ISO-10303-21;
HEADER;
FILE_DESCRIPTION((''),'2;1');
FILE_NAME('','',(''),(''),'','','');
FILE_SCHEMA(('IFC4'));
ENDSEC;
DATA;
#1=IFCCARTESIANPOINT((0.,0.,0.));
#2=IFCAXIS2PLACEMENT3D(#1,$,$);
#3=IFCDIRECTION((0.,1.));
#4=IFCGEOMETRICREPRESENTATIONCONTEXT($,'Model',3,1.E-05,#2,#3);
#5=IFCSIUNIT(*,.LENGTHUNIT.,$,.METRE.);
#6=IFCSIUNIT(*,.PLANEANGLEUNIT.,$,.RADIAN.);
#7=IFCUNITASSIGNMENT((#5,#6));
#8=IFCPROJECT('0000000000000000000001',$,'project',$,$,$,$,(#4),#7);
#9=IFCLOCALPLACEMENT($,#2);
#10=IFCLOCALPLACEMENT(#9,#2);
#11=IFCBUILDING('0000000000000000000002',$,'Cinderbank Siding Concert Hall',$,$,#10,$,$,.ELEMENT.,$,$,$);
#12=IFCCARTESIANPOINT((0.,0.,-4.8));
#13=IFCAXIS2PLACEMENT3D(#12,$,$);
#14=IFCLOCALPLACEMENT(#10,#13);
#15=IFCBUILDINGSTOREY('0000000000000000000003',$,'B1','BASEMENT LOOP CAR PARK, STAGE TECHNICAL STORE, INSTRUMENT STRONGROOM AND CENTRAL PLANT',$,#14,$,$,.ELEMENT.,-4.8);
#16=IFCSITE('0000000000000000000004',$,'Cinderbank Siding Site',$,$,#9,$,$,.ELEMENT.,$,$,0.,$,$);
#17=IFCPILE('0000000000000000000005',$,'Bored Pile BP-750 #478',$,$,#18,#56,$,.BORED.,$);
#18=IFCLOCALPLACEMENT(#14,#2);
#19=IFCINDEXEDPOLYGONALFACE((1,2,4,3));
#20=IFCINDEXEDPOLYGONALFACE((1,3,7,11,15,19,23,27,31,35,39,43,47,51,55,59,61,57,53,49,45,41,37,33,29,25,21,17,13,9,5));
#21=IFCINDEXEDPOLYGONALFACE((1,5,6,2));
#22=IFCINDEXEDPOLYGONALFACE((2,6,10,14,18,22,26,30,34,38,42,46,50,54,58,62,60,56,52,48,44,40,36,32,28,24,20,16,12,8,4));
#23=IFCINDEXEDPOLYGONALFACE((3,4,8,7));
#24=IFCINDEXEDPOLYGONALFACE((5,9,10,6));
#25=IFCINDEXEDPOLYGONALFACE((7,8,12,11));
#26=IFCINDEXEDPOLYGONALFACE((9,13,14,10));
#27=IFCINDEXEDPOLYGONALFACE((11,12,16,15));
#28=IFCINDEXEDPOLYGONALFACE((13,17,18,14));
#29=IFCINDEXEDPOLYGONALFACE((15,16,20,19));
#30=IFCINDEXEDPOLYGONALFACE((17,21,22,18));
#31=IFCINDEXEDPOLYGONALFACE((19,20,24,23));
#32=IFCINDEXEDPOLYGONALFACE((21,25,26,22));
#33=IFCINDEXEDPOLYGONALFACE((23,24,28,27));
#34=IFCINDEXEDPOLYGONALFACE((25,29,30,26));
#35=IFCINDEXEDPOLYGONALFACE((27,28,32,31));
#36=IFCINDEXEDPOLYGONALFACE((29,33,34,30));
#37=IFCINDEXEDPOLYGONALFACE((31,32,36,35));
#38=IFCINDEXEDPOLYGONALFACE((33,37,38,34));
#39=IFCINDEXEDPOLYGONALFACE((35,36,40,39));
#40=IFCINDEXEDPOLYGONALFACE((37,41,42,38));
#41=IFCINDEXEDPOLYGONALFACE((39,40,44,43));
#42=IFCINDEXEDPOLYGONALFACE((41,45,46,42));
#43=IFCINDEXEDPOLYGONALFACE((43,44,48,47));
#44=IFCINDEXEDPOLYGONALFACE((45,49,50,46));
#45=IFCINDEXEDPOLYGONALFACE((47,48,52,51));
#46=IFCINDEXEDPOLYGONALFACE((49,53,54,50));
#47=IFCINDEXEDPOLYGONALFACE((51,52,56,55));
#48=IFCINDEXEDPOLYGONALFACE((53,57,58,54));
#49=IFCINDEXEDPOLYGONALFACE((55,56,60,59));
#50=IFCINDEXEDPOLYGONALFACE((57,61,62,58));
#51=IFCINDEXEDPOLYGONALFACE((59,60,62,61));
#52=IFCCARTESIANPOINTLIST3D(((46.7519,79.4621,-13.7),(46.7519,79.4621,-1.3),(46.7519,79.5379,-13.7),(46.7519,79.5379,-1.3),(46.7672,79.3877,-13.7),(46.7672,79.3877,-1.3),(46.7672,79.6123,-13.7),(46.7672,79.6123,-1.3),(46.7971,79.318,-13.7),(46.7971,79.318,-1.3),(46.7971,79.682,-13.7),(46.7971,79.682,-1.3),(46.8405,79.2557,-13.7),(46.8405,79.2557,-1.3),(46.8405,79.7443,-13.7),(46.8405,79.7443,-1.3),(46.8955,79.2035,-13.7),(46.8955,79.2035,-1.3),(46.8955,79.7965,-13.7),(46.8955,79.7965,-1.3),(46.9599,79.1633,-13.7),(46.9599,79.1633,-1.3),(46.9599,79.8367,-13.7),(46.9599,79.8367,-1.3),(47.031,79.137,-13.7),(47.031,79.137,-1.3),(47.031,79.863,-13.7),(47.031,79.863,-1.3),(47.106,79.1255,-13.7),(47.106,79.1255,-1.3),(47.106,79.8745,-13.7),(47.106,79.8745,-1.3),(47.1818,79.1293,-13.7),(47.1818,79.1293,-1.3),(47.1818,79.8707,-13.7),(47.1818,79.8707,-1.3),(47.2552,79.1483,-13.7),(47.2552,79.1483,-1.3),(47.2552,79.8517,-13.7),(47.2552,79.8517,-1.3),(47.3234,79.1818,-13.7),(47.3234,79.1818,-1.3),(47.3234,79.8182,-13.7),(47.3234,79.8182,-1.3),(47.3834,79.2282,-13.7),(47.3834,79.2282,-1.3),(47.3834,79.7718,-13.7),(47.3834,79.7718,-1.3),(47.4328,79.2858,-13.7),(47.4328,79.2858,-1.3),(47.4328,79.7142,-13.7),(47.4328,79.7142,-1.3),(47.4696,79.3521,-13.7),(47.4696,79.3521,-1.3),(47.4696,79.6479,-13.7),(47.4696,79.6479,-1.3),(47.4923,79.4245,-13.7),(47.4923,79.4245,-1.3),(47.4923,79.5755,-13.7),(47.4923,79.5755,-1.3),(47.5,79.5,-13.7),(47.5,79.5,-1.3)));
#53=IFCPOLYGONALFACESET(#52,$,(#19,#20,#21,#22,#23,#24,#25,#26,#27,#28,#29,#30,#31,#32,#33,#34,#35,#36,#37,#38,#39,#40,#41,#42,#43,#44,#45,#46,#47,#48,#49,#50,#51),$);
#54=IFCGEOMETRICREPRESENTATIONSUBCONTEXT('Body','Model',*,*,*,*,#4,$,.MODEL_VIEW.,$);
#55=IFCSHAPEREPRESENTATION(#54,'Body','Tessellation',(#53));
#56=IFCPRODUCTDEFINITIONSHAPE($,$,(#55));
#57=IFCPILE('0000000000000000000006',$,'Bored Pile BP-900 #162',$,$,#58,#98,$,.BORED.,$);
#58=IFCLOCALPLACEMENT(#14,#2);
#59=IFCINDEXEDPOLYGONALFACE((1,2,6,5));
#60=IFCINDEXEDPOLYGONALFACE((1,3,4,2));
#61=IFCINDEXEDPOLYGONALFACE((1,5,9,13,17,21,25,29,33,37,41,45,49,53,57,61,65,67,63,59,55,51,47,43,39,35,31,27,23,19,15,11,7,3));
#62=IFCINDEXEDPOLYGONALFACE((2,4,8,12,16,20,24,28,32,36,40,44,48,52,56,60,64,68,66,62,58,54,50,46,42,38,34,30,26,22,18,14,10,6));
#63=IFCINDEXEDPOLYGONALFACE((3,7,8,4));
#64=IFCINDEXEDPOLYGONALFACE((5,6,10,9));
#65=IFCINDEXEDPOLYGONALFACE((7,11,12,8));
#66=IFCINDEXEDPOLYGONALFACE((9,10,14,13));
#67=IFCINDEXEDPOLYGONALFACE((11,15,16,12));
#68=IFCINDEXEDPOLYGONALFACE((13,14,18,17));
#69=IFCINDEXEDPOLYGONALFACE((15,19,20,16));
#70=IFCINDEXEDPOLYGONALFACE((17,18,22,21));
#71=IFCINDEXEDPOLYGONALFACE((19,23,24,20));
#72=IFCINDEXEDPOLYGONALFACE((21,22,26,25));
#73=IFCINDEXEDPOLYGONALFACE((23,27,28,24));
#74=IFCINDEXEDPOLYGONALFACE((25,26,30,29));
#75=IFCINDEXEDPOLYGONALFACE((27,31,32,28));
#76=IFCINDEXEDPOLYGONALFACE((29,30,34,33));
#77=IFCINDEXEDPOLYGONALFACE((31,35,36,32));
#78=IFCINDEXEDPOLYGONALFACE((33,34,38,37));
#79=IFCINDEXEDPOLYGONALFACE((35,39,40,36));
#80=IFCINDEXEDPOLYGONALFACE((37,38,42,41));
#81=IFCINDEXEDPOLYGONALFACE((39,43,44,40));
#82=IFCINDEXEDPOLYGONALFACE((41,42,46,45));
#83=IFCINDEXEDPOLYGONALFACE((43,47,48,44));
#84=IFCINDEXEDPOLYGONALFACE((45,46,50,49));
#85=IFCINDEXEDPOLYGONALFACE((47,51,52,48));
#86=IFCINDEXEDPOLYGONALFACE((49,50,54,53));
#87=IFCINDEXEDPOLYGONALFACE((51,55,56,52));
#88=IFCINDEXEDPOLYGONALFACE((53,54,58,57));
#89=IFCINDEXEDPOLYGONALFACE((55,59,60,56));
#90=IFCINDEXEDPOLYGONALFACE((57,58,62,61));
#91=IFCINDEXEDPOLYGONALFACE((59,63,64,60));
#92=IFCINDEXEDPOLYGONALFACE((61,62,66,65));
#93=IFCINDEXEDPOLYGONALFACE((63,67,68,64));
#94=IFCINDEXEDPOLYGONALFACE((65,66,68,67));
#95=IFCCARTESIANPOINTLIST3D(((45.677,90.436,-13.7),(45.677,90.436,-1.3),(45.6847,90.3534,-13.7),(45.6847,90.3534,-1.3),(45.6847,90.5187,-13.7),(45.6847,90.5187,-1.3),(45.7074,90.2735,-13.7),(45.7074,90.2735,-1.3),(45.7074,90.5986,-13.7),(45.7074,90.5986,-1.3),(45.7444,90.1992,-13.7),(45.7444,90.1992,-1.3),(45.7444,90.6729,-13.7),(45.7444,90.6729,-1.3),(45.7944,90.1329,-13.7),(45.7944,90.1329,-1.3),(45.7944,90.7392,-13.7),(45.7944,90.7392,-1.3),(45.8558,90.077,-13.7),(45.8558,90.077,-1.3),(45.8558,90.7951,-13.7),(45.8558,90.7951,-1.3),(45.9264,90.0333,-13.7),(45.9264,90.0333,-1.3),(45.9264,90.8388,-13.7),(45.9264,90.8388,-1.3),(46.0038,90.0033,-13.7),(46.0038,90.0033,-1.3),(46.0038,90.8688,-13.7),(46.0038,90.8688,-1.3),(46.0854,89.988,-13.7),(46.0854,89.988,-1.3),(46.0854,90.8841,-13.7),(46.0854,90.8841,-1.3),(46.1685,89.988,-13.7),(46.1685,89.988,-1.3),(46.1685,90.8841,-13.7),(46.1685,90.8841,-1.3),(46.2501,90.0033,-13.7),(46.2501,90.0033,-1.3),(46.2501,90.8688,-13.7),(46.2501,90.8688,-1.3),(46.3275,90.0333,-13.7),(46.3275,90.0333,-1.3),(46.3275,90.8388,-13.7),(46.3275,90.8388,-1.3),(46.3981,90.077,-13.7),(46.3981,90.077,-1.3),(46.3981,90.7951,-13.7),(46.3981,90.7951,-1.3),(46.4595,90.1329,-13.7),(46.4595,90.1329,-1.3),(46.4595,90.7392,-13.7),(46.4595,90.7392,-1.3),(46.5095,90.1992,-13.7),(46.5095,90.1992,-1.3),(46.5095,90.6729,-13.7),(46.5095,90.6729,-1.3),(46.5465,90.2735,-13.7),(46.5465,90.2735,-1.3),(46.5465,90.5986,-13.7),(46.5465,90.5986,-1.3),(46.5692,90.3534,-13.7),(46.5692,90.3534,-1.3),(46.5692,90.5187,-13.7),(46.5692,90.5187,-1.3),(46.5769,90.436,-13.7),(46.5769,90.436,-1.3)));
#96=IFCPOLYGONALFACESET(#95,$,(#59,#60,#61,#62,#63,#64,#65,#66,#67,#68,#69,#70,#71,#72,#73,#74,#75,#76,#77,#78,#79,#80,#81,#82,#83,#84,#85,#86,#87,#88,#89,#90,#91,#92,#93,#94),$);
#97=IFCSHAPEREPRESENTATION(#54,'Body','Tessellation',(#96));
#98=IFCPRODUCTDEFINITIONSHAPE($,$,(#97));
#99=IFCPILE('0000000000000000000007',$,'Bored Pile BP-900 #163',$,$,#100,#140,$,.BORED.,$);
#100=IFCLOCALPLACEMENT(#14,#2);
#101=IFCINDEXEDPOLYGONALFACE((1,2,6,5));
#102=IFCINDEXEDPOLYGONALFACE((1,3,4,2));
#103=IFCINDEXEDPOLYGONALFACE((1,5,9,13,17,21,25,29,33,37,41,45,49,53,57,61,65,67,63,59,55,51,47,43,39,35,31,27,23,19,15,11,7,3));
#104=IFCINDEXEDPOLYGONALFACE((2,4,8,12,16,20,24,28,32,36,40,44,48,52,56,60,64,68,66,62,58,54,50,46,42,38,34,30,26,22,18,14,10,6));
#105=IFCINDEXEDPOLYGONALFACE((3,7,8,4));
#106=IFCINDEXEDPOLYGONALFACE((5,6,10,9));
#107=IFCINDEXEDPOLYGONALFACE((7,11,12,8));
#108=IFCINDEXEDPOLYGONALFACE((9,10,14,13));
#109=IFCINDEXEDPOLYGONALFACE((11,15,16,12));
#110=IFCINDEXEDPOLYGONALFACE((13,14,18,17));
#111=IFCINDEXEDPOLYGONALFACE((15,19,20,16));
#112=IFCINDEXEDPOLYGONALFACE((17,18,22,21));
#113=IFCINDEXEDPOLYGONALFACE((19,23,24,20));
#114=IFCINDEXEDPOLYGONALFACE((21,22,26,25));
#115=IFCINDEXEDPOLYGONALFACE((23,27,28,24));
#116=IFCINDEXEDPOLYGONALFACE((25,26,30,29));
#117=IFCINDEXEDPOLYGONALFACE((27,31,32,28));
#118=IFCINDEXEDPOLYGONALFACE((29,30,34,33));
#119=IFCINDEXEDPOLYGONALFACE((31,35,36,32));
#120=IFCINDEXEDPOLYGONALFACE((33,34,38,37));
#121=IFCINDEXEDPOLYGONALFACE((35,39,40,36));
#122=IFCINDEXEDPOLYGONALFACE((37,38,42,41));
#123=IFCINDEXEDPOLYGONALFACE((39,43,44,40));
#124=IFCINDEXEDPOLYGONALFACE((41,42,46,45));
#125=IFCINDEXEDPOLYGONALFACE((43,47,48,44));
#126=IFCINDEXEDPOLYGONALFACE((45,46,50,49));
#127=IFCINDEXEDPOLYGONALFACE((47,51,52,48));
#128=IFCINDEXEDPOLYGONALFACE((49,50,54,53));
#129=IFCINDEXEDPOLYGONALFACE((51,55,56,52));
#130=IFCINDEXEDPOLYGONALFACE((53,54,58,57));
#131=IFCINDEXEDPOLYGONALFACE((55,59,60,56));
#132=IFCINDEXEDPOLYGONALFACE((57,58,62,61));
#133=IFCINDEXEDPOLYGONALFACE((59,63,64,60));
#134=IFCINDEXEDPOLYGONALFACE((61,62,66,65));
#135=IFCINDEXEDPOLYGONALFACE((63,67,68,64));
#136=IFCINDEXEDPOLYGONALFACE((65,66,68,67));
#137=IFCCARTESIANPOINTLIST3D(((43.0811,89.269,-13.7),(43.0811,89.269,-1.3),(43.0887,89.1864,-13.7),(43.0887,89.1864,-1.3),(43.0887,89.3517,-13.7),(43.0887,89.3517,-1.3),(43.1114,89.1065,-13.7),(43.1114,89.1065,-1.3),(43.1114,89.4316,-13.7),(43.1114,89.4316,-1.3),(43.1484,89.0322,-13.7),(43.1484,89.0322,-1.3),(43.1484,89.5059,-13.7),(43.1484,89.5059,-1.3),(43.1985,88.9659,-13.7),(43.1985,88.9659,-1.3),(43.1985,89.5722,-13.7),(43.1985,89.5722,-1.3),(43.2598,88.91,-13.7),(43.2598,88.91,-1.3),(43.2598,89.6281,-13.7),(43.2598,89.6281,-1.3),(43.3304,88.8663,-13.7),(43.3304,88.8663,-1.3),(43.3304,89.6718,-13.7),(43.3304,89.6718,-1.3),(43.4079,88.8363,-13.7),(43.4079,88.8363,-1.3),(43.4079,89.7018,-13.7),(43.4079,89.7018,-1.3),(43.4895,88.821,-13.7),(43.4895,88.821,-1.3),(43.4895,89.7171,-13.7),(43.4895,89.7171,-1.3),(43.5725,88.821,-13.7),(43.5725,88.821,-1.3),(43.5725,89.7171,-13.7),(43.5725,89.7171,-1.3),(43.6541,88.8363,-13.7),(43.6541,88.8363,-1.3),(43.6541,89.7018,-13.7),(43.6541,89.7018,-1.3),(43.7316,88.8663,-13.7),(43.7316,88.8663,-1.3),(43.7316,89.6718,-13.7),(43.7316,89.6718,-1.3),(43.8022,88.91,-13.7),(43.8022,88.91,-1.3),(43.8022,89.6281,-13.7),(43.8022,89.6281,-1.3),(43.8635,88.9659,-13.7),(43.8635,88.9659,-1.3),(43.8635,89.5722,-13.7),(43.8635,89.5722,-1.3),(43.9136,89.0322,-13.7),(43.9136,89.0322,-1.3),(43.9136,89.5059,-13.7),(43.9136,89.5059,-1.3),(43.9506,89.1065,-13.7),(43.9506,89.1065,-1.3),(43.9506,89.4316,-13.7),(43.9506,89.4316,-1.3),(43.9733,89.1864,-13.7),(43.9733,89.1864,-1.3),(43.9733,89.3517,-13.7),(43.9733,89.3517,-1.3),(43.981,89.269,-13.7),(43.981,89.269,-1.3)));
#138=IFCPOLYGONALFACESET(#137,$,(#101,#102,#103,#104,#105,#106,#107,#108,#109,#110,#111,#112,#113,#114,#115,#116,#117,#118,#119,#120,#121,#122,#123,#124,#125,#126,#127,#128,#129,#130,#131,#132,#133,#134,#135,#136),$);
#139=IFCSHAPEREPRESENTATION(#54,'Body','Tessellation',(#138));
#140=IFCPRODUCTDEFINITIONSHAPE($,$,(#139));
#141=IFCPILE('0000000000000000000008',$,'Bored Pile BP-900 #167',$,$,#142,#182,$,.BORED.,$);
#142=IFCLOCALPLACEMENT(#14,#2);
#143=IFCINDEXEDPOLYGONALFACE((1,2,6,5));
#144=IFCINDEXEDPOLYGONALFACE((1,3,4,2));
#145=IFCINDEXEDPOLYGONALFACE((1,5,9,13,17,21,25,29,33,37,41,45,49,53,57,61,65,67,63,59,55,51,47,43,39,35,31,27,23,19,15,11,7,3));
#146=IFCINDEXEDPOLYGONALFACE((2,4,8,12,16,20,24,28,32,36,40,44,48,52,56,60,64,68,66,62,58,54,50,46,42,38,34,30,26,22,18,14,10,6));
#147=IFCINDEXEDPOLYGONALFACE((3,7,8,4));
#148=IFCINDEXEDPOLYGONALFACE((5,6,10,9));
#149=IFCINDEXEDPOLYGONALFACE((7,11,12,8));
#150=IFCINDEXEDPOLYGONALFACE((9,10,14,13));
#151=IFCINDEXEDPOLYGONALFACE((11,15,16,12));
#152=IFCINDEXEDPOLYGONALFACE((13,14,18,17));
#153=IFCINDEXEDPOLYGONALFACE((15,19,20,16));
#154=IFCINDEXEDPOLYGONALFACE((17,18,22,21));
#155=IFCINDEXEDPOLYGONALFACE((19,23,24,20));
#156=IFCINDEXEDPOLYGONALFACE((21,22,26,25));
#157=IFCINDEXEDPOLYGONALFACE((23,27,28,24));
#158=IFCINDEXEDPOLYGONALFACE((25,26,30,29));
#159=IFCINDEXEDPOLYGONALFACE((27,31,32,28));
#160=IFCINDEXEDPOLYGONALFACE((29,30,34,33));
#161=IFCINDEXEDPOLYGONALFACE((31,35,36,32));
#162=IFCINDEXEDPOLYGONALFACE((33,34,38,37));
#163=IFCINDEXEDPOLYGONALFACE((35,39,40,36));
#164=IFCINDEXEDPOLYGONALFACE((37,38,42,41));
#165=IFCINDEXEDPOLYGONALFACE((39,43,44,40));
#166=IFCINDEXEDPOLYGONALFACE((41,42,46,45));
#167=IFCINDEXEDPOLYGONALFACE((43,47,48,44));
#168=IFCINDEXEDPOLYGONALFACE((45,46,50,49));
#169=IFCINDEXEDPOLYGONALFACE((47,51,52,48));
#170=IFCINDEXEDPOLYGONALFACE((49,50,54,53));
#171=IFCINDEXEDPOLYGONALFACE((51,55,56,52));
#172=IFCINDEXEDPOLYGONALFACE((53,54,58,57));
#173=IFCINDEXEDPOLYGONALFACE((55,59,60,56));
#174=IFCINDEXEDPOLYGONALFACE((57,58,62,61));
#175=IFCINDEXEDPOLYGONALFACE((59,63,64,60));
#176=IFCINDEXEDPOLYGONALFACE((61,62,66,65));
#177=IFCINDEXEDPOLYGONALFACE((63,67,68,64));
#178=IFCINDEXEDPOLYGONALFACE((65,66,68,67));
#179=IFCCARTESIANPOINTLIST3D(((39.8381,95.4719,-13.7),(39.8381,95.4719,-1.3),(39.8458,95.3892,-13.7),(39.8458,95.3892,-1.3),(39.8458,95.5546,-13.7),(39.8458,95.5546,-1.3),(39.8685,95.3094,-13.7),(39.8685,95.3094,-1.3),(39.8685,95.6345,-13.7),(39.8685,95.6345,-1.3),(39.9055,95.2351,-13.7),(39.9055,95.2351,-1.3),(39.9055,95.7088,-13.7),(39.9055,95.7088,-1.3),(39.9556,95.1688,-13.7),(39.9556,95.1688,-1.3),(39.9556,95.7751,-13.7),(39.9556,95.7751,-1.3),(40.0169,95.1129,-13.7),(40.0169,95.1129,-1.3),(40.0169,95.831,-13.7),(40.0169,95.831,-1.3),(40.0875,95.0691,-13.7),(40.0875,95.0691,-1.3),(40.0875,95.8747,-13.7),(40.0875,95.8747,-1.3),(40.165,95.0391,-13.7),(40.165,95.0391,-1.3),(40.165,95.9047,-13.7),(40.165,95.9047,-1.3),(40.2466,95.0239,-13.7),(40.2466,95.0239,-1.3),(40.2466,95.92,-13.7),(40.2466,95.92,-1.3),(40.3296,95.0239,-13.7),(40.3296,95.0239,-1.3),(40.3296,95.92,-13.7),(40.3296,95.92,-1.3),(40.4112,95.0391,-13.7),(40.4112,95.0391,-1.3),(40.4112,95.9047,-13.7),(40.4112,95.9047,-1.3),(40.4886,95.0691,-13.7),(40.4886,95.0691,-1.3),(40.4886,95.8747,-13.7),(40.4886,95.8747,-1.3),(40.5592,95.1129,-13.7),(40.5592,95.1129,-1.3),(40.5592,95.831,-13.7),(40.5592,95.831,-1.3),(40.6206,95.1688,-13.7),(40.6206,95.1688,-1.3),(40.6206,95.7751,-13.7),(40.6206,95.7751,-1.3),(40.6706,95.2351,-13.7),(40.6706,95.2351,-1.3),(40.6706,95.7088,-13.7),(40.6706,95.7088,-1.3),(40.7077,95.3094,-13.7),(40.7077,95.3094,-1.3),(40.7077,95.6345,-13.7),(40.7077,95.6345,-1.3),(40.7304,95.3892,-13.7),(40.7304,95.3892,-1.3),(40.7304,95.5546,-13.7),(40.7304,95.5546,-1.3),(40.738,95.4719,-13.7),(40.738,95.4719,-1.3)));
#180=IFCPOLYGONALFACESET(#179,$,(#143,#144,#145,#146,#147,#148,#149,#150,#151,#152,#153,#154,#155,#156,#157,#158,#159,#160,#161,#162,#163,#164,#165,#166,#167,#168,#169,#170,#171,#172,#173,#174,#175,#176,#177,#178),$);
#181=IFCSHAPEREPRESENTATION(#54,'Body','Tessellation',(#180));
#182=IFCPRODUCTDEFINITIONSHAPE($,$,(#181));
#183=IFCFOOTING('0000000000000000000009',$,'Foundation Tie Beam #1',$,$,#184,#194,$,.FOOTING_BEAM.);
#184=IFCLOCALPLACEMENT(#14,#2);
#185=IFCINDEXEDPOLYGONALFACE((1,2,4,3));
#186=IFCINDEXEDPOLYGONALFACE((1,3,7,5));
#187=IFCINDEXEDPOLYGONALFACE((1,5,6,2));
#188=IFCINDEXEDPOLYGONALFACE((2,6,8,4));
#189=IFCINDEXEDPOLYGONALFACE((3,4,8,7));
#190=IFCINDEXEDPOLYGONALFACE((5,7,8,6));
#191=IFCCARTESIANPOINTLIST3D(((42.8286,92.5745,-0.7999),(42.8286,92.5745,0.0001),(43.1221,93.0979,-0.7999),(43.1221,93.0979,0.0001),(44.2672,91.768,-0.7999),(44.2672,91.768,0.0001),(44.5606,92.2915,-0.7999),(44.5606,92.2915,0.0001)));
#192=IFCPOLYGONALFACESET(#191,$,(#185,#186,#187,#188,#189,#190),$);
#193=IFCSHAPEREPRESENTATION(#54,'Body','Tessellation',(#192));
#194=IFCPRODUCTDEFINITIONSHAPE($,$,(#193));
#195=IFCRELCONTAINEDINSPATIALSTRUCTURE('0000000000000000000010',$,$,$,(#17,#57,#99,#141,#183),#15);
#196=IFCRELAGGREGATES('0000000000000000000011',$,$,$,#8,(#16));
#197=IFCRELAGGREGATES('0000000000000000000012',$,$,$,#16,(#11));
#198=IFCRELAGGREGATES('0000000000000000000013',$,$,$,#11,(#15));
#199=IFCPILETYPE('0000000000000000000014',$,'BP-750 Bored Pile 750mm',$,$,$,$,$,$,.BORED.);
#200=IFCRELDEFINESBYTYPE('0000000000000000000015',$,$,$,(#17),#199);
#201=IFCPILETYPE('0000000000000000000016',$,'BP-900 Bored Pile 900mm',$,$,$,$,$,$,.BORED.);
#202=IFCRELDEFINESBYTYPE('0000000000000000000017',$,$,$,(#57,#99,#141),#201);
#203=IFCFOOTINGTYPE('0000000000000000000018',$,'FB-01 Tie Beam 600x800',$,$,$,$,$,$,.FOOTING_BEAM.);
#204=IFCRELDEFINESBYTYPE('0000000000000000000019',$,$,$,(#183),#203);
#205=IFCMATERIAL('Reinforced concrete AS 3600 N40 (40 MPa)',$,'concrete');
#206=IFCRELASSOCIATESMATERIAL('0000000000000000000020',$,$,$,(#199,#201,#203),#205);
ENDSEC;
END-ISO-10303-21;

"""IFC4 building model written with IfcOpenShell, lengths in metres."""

from ifc_helpers import new_model, si_unit, direction, frame, origin, origin_2d, place, context, subcontext, project, spatial, rectangle, circle, extrude, material, material_profile, profile_set, type_object, element, save


model = new_model("IFC4")

# Units and contexts
model_context = context("Model", 3, precision=1e-05, world=origin(), true_north=direction((0.0, 1.0)))
body_context = subcontext(model_context, "Body", "Model", "MODEL_VIEW")
ifc_project = project(units=[si_unit("LENGTHUNIT", "METRE"), si_unit("PLANEANGLEUNIT", "RADIAN")], contexts=[model_context])

# Site, building, storey
site_placement = place(None, origin())
site = spatial("IfcSite", under=ifc_project, at=site_placement, Name="Cinderbank Siding Site", CompositionType="ELEMENT", RefElevation=0.0)
building_placement = place(site_placement, origin())
building = spatial("IfcBuilding", under=site, at=building_placement, Name="Cinderbank Siding Concert Hall", CompositionType="ELEMENT")
storey_placement = place(building_placement, frame((0.0, 0.0, -4.8)))
storey = spatial("IfcBuildingStorey", under=building, at=storey_placement, Name="B1", Description="BASEMENT LOOP CAR PARK, STAGE TECHNICAL STORE, INSTRUMENT STRONGROOM AND CENTRAL PLANT", CompositionType="ELEMENT", Elevation=-4.8)

# Piles
ifc_material_1 = material(Name="Reinforced concrete AS 3600 N40 (40 MPa)", Category="concrete")
ifc_material_profile_1 = material_profile(ifc_material_1, circle(Radius=0.375, at=origin_2d()), Name="PILE-750DIA", Category="LoadBearing")
ifc_profile_set_1 = profile_set([ifc_material_profile_1], Name="Reinforced concrete AS 3600 N40 (40 MPa)")
pile_type_1 = type_object("IfcPileType", Name="BP-750 Bored Pile 750mm", PredefinedType="BORED", material=ifc_profile_set_1)
for number, where, z_axis, x_axis, name in (
    (1, (47.125, 79.5, -1.3), (0.0, 0.0, -1.0), (1.0, 0.0, 0.0), "Bored Pile BP-750 #478"),
):
    element("IfcPile", number, at=place(storey_placement, frame(where, z_axis=z_axis, x_axis=x_axis)), inside=storey, type_object=pile_type_1, Name=name, PredefinedType="BORED", context=body_context, shape_type="SweptSolid", body=[
        extrude(circle(Radius=0.375, at=origin_2d()), origin(), (0.0, 0.0, 1.0), 12.3999),
    ])
ifc_material_profile_2 = material_profile(ifc_material_1, circle(Radius=0.45, at=origin_2d()), Name="PILE-900DIA", Category="LoadBearing")
ifc_profile_set_2 = profile_set([ifc_material_profile_2], Name="Reinforced concrete AS 3600 N40 (40 MPa)")
pile_type_2 = type_object("IfcPileType", Name="BP-900 Bored Pile 900mm", PredefinedType="BORED", material=ifc_profile_set_2)
for number, where, z_axis, x_axis, name in (
    (2, (46.127, 90.436, -1.3), (0.0, 0.0, -1.0), (1.0, 0.0, 0.0), "Bored Pile BP-900 #162"),
    (3, (43.531, 89.269, -1.3), (0.0, 0.0, -1.0), (1.0, 0.0, 0.0), "Bored Pile BP-900 #163"),
    (4, (40.2881, 95.4719, -1.3), (0.0, 0.0, -1.0), (1.0, 0.0, 0.0), "Bored Pile BP-900 #167"),
):
    element("IfcPile", number, at=place(storey_placement, frame(where, z_axis=z_axis, x_axis=x_axis)), inside=storey, type_object=pile_type_2, Name=name, PredefinedType="BORED", context=body_context, shape_type="SweptSolid", body=[
        extrude(circle(Radius=0.45, at=origin_2d()), origin(), (0.0, 0.0, 1.0), 12.3999),
    ])

# Footing
ifc_material_profile_3 = material_profile(ifc_material_1, rectangle(XDim=0.6001, YDim=0.8, at=origin_2d()), Name="RC-FB-600x800", Category="LoadBearing")
ifc_profile_set_3 = profile_set([ifc_material_profile_3], Name="Reinforced concrete AS 3600 N40 (40 MPa)")
footing_type_1 = type_object("IfcFootingType", Name="FB-01 Tie Beam 600x800", PredefinedType="FOOTING_BEAM", material=ifc_profile_set_3)
footing_1_placement = place(storey_placement, frame((42.9753, 92.8362, -0.3999), z_axis=(0.872286, -0.488996, 0.0), x_axis=(0.488996, 0.872286, 0.0)))
element("IfcFooting", 5, at=footing_1_placement, inside=storey, type_object=footing_type_1, Name="Foundation Tie Beam #1", PredefinedType="FOOTING_BEAM", context=body_context, shape_type="SweptSolid", body=[
    extrude(rectangle(XDim=0.6001, YDim=0.8, at=origin_2d()), origin(), (0.0, 0.0, 1.0), 1.6492),
])

save(model, "model.ifc")
